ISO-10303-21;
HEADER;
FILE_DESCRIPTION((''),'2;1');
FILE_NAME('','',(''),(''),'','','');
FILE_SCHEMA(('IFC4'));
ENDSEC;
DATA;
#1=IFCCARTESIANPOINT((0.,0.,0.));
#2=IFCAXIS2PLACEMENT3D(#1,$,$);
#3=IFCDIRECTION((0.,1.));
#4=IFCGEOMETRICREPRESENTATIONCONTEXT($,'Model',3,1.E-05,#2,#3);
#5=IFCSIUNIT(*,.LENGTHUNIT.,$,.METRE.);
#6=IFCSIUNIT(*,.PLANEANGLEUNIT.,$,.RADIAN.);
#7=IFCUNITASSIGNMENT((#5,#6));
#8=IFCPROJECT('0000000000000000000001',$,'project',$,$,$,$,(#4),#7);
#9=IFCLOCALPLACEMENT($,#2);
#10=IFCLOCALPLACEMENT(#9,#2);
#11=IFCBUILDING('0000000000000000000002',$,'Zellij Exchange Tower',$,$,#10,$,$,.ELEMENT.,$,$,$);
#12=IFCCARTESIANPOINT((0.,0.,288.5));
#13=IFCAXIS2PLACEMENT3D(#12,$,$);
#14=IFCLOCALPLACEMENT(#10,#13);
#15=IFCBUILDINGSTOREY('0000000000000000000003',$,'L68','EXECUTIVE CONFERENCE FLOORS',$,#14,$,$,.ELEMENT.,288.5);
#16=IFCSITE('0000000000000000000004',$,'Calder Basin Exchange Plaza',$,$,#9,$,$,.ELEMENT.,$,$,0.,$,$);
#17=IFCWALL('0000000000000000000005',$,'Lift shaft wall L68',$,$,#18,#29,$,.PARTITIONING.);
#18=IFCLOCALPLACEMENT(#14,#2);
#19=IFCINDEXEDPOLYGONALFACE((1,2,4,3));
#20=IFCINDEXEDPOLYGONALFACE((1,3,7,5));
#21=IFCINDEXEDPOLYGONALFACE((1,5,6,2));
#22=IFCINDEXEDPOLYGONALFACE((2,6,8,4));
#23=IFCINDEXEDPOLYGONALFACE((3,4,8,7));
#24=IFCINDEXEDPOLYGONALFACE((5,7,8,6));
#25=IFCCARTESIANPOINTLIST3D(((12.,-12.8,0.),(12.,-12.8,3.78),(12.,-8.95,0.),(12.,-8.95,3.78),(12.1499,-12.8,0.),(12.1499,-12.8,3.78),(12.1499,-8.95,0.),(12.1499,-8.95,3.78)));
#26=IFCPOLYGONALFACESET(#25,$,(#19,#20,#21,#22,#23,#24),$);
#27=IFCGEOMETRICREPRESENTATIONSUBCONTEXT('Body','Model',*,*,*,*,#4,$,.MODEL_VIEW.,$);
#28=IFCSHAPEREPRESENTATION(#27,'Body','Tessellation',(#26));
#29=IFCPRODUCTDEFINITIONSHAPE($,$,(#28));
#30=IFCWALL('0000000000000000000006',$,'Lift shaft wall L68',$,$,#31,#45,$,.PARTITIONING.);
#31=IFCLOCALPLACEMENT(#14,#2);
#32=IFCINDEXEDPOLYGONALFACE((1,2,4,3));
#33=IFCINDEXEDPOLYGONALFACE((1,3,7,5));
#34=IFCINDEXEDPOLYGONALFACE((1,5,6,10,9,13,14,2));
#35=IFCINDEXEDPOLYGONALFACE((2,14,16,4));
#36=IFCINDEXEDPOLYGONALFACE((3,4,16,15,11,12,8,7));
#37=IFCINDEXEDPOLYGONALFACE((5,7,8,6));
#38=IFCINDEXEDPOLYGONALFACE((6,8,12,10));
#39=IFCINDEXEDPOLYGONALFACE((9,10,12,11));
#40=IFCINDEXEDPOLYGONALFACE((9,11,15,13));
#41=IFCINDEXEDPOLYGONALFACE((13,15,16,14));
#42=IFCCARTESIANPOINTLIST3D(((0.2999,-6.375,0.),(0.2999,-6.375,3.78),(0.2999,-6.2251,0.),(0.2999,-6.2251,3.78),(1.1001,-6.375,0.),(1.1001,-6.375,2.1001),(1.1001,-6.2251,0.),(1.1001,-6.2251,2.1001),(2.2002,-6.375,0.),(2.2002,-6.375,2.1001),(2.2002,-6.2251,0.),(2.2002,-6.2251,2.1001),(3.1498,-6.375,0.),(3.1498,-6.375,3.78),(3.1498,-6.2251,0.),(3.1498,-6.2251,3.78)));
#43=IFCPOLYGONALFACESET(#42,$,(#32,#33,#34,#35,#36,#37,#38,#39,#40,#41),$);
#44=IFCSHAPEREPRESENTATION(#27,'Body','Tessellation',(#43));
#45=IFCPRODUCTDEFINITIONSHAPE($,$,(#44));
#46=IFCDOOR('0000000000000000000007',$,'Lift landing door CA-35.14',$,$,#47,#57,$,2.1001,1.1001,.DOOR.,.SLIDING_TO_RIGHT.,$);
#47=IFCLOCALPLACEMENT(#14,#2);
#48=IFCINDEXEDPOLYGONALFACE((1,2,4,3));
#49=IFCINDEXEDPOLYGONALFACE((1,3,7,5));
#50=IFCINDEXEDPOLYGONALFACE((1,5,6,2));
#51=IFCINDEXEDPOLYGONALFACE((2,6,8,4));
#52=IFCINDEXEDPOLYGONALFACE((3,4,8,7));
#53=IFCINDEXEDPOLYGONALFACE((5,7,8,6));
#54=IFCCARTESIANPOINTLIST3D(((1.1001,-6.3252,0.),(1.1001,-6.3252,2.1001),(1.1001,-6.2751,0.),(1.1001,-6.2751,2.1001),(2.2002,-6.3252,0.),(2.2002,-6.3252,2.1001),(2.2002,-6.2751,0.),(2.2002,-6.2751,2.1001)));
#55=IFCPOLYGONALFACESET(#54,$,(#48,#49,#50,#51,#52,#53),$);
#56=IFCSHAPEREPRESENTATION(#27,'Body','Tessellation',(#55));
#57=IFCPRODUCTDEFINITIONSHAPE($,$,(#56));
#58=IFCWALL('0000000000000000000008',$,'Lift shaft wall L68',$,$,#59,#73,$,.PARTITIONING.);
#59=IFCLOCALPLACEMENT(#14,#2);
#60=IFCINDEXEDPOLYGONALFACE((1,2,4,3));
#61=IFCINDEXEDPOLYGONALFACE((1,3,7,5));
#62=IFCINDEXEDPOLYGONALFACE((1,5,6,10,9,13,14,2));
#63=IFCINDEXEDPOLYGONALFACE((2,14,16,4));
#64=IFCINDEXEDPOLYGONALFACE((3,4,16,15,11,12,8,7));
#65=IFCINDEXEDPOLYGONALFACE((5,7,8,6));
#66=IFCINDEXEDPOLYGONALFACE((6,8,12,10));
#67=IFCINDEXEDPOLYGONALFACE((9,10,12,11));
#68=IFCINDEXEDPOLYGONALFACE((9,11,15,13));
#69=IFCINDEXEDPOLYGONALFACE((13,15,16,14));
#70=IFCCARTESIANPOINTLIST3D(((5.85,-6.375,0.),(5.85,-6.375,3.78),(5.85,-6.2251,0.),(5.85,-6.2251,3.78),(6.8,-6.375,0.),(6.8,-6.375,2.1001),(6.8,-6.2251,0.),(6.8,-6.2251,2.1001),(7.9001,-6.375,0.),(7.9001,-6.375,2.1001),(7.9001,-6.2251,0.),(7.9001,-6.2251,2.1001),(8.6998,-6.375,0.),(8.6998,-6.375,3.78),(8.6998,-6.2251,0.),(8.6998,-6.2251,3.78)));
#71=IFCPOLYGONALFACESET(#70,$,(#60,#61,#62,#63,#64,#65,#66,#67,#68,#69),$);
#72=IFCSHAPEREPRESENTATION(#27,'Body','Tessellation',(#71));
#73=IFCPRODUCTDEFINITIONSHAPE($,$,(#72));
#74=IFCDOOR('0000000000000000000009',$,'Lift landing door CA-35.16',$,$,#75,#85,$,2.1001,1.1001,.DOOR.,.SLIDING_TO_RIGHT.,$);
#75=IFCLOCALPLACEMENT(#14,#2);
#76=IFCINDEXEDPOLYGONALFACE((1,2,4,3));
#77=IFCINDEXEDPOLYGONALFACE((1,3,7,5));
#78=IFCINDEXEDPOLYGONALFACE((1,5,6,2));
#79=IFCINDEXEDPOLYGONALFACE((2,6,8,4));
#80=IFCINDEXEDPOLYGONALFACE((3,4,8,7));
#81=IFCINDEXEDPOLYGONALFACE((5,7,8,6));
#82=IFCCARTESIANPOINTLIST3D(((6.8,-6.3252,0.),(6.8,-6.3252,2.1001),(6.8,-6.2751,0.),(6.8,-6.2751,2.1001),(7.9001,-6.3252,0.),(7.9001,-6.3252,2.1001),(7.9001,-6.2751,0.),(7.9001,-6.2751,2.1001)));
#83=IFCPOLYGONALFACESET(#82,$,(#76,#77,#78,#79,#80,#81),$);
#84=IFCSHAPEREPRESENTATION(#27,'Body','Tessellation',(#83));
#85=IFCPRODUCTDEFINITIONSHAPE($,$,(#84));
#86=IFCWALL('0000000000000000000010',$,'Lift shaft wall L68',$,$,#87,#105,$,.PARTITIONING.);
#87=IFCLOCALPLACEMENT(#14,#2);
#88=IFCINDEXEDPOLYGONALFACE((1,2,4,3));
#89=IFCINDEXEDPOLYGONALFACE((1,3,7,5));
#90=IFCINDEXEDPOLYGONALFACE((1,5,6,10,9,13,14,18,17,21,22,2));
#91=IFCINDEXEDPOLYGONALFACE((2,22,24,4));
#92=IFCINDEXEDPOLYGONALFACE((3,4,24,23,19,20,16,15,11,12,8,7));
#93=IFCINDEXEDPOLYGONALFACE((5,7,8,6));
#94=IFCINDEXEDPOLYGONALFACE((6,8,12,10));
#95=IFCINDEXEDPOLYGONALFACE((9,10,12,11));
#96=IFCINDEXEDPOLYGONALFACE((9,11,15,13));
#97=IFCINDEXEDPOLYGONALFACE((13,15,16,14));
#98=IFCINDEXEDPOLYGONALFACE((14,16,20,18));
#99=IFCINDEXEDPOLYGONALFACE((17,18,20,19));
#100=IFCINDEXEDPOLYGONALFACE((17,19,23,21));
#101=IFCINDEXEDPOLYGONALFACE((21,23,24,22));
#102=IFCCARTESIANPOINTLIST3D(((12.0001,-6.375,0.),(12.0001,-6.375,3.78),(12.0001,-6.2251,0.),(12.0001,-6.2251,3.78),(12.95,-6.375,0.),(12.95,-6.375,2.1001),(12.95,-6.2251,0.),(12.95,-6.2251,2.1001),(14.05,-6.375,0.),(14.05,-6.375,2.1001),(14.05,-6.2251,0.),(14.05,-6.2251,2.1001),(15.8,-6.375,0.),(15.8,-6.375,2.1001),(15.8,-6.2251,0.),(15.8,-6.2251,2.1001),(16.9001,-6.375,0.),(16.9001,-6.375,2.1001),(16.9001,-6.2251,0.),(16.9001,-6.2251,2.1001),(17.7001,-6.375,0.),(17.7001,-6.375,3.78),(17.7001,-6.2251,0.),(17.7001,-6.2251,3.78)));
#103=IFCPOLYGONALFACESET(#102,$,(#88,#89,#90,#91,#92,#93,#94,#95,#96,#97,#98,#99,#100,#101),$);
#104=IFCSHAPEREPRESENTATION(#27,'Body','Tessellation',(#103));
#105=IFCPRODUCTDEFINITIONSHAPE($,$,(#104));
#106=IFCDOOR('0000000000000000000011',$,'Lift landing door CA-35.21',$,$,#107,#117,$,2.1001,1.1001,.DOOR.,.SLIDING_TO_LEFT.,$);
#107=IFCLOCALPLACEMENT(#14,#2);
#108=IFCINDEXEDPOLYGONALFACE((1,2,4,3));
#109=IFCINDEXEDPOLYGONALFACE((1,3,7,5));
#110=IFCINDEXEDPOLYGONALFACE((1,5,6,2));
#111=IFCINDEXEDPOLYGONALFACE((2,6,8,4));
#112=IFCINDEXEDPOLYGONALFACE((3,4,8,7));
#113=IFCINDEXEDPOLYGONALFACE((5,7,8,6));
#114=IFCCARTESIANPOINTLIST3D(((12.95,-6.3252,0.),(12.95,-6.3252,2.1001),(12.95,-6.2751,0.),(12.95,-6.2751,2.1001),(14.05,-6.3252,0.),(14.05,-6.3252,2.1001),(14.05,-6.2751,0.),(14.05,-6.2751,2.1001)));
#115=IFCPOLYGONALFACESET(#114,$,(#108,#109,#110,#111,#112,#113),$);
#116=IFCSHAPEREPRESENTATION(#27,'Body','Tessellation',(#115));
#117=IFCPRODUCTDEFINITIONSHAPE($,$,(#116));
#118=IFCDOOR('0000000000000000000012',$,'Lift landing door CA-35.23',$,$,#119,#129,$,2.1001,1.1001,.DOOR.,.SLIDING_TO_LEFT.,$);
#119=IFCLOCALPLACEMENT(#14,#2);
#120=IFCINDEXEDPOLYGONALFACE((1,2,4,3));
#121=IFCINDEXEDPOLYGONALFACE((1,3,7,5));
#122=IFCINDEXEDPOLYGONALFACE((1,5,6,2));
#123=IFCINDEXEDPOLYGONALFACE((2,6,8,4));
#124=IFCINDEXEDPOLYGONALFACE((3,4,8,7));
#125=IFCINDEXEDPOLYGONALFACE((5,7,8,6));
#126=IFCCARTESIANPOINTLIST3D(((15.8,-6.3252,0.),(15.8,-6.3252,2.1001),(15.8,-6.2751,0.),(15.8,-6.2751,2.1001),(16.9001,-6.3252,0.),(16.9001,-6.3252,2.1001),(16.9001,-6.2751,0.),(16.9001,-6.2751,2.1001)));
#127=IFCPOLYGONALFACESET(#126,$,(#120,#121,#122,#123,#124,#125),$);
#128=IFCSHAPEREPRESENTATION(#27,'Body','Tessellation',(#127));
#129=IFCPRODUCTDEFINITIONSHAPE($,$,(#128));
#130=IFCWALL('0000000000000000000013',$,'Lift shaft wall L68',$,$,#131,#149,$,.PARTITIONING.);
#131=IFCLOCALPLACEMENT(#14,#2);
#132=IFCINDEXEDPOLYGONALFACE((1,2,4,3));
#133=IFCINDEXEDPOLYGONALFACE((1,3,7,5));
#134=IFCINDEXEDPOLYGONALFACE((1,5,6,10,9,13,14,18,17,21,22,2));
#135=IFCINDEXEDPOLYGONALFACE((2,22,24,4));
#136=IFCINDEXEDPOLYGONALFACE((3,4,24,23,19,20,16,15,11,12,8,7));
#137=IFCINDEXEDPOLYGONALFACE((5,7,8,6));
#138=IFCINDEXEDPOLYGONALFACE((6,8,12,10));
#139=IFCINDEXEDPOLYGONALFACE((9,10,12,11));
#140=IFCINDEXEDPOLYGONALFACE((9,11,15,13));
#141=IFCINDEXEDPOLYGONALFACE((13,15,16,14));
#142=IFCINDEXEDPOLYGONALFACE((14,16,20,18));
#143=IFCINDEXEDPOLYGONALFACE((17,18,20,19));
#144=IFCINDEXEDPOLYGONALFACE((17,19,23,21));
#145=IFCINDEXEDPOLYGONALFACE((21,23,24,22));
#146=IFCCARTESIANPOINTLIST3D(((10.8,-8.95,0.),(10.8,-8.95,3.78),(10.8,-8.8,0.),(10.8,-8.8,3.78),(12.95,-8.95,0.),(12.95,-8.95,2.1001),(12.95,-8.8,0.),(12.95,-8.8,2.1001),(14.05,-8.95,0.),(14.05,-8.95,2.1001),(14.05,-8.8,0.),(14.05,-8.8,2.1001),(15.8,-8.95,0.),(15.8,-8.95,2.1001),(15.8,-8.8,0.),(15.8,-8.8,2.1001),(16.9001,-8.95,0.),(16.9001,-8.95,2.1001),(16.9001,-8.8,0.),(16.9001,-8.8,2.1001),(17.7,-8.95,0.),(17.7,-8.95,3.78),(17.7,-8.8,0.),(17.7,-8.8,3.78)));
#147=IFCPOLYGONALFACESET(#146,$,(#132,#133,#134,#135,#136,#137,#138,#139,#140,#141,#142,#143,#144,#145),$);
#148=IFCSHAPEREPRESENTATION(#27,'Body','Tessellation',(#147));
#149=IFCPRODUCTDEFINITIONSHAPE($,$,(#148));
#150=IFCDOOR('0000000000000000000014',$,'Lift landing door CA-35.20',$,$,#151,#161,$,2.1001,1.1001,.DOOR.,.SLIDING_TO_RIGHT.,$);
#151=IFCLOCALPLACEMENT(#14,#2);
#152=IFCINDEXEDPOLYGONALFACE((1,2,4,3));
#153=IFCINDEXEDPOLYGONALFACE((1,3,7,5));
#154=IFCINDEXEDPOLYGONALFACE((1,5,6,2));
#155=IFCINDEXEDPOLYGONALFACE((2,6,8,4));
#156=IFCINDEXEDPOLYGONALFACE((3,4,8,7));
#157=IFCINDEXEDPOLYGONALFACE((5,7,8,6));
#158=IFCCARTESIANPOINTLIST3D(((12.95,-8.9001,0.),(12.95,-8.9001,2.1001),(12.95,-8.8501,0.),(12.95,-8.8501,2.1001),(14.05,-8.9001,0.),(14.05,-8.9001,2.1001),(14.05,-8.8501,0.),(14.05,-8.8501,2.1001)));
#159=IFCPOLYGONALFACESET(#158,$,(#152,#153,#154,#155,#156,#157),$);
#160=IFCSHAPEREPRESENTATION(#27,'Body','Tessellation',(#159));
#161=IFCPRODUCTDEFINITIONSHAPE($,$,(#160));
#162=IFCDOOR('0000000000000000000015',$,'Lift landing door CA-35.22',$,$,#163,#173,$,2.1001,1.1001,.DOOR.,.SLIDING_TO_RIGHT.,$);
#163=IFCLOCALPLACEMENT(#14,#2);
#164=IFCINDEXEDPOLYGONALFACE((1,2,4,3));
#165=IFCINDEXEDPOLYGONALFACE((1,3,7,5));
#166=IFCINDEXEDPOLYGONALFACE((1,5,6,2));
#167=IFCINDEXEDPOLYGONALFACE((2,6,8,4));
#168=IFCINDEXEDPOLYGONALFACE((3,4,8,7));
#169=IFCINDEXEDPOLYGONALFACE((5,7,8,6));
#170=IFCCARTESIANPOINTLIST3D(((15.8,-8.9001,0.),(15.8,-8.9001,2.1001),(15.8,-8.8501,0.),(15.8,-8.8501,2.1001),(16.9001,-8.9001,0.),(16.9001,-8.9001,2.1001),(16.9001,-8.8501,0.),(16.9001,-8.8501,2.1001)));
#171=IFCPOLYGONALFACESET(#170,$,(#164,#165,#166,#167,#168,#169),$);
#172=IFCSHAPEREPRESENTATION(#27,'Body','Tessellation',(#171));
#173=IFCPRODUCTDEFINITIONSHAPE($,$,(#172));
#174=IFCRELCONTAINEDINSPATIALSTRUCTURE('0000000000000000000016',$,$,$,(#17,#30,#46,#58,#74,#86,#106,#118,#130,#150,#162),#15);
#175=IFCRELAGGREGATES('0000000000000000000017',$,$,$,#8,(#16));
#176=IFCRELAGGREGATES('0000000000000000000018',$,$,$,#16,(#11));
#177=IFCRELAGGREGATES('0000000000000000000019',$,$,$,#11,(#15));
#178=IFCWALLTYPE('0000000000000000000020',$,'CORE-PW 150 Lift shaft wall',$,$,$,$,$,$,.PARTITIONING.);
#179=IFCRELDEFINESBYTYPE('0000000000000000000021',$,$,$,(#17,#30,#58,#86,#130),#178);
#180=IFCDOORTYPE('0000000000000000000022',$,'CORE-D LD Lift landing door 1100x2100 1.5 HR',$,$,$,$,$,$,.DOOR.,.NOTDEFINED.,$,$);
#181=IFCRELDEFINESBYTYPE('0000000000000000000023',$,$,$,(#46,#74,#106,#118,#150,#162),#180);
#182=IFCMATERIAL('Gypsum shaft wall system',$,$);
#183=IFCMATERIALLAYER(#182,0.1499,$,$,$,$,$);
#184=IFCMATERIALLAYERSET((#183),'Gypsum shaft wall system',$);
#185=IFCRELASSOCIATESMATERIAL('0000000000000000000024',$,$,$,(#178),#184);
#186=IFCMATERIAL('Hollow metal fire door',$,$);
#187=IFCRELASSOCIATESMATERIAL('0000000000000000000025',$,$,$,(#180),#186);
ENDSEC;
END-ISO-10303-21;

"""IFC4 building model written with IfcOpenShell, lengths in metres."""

from ifc_helpers import new_model, si_unit, direction, frame, frame_2d, origin, place, context, subcontext, project, spatial, rectangle, extrude, material, layer, layer_set, type_object, element, fill, save


model = new_model("IFC4")

# Units and contexts
model_context = context("Model", 3, precision=1e-05, world=origin(), true_north=direction((0.0, 1.0)))
body_context = subcontext(model_context, "Body", "Model", "MODEL_VIEW")
ifc_project = project(units=[si_unit("LENGTHUNIT", "METRE"), si_unit("PLANEANGLEUNIT", "RADIAN")], contexts=[model_context])

# Site, building, storey
site_placement = place(None, origin())
site = spatial("IfcSite", under=ifc_project, at=site_placement, Name="Calder Basin Exchange Plaza", CompositionType="ELEMENT", RefElevation=0.0)
building_placement = place(site_placement, origin())
building = spatial("IfcBuilding", under=site, at=building_placement, Name="Zellij Exchange Tower", CompositionType="ELEMENT")
storey_placement = place(building_placement, frame((0.0, 0.0, 288.5)))
storey = spatial("IfcBuildingStorey", under=building, at=storey_placement, Name="L68", Description="EXECUTIVE CONFERENCE FLOORS", CompositionType="ELEMENT", Elevation=288.5)

# Shared definitions
ifc_material_1 = material(Name="Gypsum shaft wall system")
ifc_material_2 = material(Name="Hollow metal fire door")

# Wall
ifc_layer_1 = layer(ifc_material_1, 0.1499)
ifc_layer_set_1 = layer_set([ifc_layer_1], Name="Gypsum shaft wall system")
wall_type_1 = type_object("IfcWallType", Name="CORE-PW 150 Lift shaft wall", PredefinedType="PARTITIONING", material=ifc_layer_set_1)
wall_1_placement = place(storey_placement, frame((12.075, -12.8, 0.0), z_axis=(0.0, 0.0, 1.0), x_axis=(0.0, 1.0, 0.0)))
element("IfcWall", 1, at=wall_1_placement, inside=storey, type_object=wall_type_1, Name="Lift shaft wall L68", PredefinedType="PARTITIONING", context=body_context, shape_type="SweptSolid", body=[
    extrude(rectangle(XDim=3.8501, YDim=0.1499, at=frame_2d((1.925, 0.0))), origin(), (0.0, 0.0, 1.0), 3.78),
])

# Walls, openings, doors
wall_2_placement = place(storey_placement, frame((0.3, -6.3, 0.0), z_axis=(0.0, 0.0, 1.0), x_axis=(1.0, 0.0, 0.0)))
wall_2 = element("IfcWall", 2, at=wall_2_placement, inside=storey, type_object=wall_type_1, Name="Lift shaft wall L68", PredefinedType="PARTITIONING", context=body_context, shape_type="SweptSolid", body=[
    extrude(rectangle(XDim=2.8499, YDim=0.1499, at=frame_2d((1.4248, 0.0))), origin(), (0.0, 0.0, 1.0), 3.78),
])
opening_1_placement = place(wall_2_placement, frame((0.8, 0.0, 0.0)))
opening_1 = element("IfcOpeningElement", 3, at=opening_1_placement, cuts=wall_2, PredefinedType="OPENING", context=body_context, shape_type="SweptSolid", body=[
    extrude(rectangle(XDim=1.1001, YDim=2.1001, at=frame_2d((0.55, 1.05))), frame((0.0, 0.0869, 0.0), z_axis=(0.0, -1.0, 0.0), x_axis=(1.0, 0.0, 0.0)), (0.0, 0.0, 1.0), 0.1738),
])
door_type_1 = type_object("IfcDoorType", Name="CORE-D LD Lift landing door 1100x2100 1.5 HR", OperationType="NOTDEFINED", PredefinedType="DOOR", material=ifc_material_2)
door_1_placement = place(opening_1_placement, origin())
door_1 = element("IfcDoor", 4, at=door_1_placement, inside=storey, type_object=door_type_1, Name="Lift landing door CA-35.14", OperationType="SLIDING_TO_RIGHT", OverallHeight=2.1001, OverallWidth=1.1001, PredefinedType="DOOR", context=body_context, shape_type="SweptSolid", body=[
    extrude(rectangle(XDim=1.1001, YDim=2.1001, at=frame_2d((0.55, 1.05))), frame((0.0, 0.0249, 0.0), z_axis=(0.0, -1.0, 0.0), x_axis=(1.0, 0.0, 0.0)), (0.0, 0.0, 1.0), 0.05),
])
fill(opening_1, door_1)
wall_3_placement = place(storey_placement, frame((5.8501, -6.3, 0.0), z_axis=(0.0, 0.0, 1.0), x_axis=(1.0, 0.0, 0.0)))
wall_3 = element("IfcWall", 5, at=wall_3_placement, inside=storey, type_object=wall_type_1, Name="Lift shaft wall L68", PredefinedType="PARTITIONING", context=body_context, shape_type="SweptSolid", body=[
    extrude(rectangle(XDim=2.8499, YDim=0.1499, at=frame_2d((1.4248, 0.0))), origin(), (0.0, 0.0, 1.0), 3.78),
])
opening_2_placement = place(wall_3_placement, frame((0.95, 0.0, 0.0)))
opening_2 = element("IfcOpeningElement", 6, at=opening_2_placement, cuts=wall_3, PredefinedType="OPENING", context=body_context, shape_type="SweptSolid", body=[
    extrude(rectangle(XDim=1.1001, YDim=2.1001, at=frame_2d((0.55, 1.05))), frame((0.0, 0.0869, 0.0), z_axis=(0.0, -1.0, 0.0), x_axis=(1.0, 0.0, 0.0)), (0.0, 0.0, 1.0), 0.1738),
])
door_2_placement = place(opening_2_placement, origin())
door_2 = element("IfcDoor", 7, at=door_2_placement, inside=storey, type_object=door_type_1, Name="Lift landing door CA-35.16", OperationType="SLIDING_TO_RIGHT", OverallHeight=2.1001, OverallWidth=1.1001, PredefinedType="DOOR", context=body_context, shape_type="SweptSolid", body=[
    extrude(rectangle(XDim=1.1001, YDim=2.1001, at=frame_2d((0.55, 1.05))), frame((0.0, 0.0249, 0.0), z_axis=(0.0, -1.0, 0.0), x_axis=(1.0, 0.0, 0.0)), (0.0, 0.0, 1.0), 0.05),
])
fill(opening_2, door_2)

# Walls, openings, doors
wall_4_placement = place(storey_placement, frame((12.0, -6.3, 0.0), z_axis=(0.0, 0.0, 1.0), x_axis=(1.0, 0.0, 0.0)))
wall_4 = element("IfcWall", 8, at=wall_4_placement, inside=storey, type_object=wall_type_1, Name="Lift shaft wall L68", PredefinedType="PARTITIONING", context=body_context, shape_type="SweptSolid", body=[
    extrude(rectangle(XDim=5.7, YDim=0.1499, at=frame_2d((2.8501, 0.0))), origin(), (0.0, 0.0, 1.0), 3.78),
])
opening_3_placement = place(wall_4_placement, frame((0.95, 0.0, 0.0)))
opening_3 = element("IfcOpeningElement", 9, at=opening_3_placement, cuts=wall_4, PredefinedType="OPENING", context=body_context, shape_type="SweptSolid", body=[
    extrude(rectangle(XDim=1.1001, YDim=2.1001, at=frame_2d((0.55, 1.05))), frame((0.0, 0.0869, 0.0), z_axis=(0.0, -1.0, 0.0), x_axis=(1.0, 0.0, 0.0)), (0.0, 0.0, 1.0), 0.1738),
])
opening_4_placement = place(wall_4_placement, frame((3.8, 0.0, 0.0)))
opening_4 = element("IfcOpeningElement", 10, at=opening_4_placement, cuts=wall_4, PredefinedType="OPENING", context=body_context, shape_type="SweptSolid", body=[
    extrude(rectangle(XDim=1.1001, YDim=2.1001, at=frame_2d((0.55, 1.05))), frame((0.0, 0.0869, 0.0), z_axis=(0.0, -1.0, 0.0), x_axis=(1.0, 0.0, 0.0)), (0.0, 0.0, 1.0), 0.1738),
])
door_3_placement = place(opening_3_placement, origin())
door_3 = element("IfcDoor", 11, at=door_3_placement, inside=storey, type_object=door_type_1, Name="Lift landing door CA-35.21", OperationType="SLIDING_TO_LEFT", OverallHeight=2.1001, OverallWidth=1.1001, PredefinedType="DOOR", context=body_context, shape_type="SweptSolid", body=[
    extrude(rectangle(XDim=1.1001, YDim=2.1001, at=frame_2d((0.55, 1.05))), frame((0.0, 0.0249, 0.0), z_axis=(0.0, -1.0, 0.0), x_axis=(1.0, 0.0, 0.0)), (0.0, 0.0, 1.0), 0.05),
])
fill(opening_3, door_3)
door_4_placement = place(opening_4_placement, origin())
door_4 = element("IfcDoor", 12, at=door_4_placement, inside=storey, type_object=door_type_1, Name="Lift landing door CA-35.23", OperationType="SLIDING_TO_LEFT", OverallHeight=2.1001, OverallWidth=1.1001, PredefinedType="DOOR", context=body_context, shape_type="SweptSolid", body=[
    extrude(rectangle(XDim=1.1001, YDim=2.1001, at=frame_2d((0.55, 1.05))), frame((0.0, 0.0249, 0.0), z_axis=(0.0, -1.0, 0.0), x_axis=(1.0, 0.0, 0.0)), (0.0, 0.0, 1.0), 0.05),
])
fill(opening_4, door_4)
wall_5_placement = place(storey_placement, frame((10.8, -8.875, 0.0), z_axis=(0.0, 0.0, 1.0), x_axis=(1.0, 0.0, 0.0)))
wall_5 = element("IfcWall", 13, at=wall_5_placement, inside=storey, type_object=wall_type_1, Name="Lift shaft wall L68", PredefinedType="PARTITIONING", context=body_context, shape_type="SweptSolid", body=[
    extrude(rectangle(XDim=6.8999, YDim=0.1499, at=frame_2d((3.45, 0.0))), origin(), (0.0, 0.0, 1.0), 3.78),
])
opening_5_placement = place(wall_5_placement, frame((2.1499, 0.0, 0.0)))
opening_5 = element("IfcOpeningElement", 14, at=opening_5_placement, cuts=wall_5, PredefinedType="OPENING", context=body_context, shape_type="SweptSolid", body=[
    extrude(rectangle(XDim=1.1001, YDim=2.1001, at=frame_2d((0.55, 1.05))), frame((0.0, 0.0869, 0.0), z_axis=(0.0, -1.0, 0.0), x_axis=(1.0, 0.0, 0.0)), (0.0, 0.0, 1.0), 0.1738),
])
opening_6_placement = place(wall_5_placement, frame((5.0, 0.0, 0.0)))
opening_6 = element("IfcOpeningElement", 15, at=opening_6_placement, cuts=wall_5, PredefinedType="OPENING", context=body_context, shape_type="SweptSolid", body=[
    extrude(rectangle(XDim=1.1001, YDim=2.1001, at=frame_2d((0.55, 1.05))), frame((0.0, 0.0869, 0.0), z_axis=(0.0, -1.0, 0.0), x_axis=(1.0, 0.0, 0.0)), (0.0, 0.0, 1.0), 0.1738),
])
door_5_placement = place(opening_5_placement, origin())
door_5 = element("IfcDoor", 16, at=door_5_placement, inside=storey, type_object=door_type_1, Name="Lift landing door CA-35.20", OperationType="SLIDING_TO_RIGHT", OverallHeight=2.1001, OverallWidth=1.1001, PredefinedType="DOOR", context=body_context, shape_type="SweptSolid", body=[
    extrude(rectangle(XDim=1.1001, YDim=2.1001, at=frame_2d((0.55, 1.05))), frame((0.0, 0.0249, 0.0), z_axis=(0.0, -1.0, 0.0), x_axis=(1.0, 0.0, 0.0)), (0.0, 0.0, 1.0), 0.05),
])
fill(opening_5, door_5)
door_6_placement = place(opening_6_placement, origin())
door_6 = element("IfcDoor", 17, at=door_6_placement, inside=storey, type_object=door_type_1, Name="Lift landing door CA-35.22", OperationType="SLIDING_TO_RIGHT", OverallHeight=2.1001, OverallWidth=1.1001, PredefinedType="DOOR", context=body_context, shape_type="SweptSolid", body=[
    extrude(rectangle(XDim=1.1001, YDim=2.1001, at=frame_2d((0.55, 1.05))), frame((0.0, 0.0249, 0.0), z_axis=(0.0, -1.0, 0.0), x_axis=(1.0, 0.0, 0.0)), (0.0, 0.0, 1.0), 0.05),
])
fill(opening_6, door_6)

save(model, "model.ifc")
